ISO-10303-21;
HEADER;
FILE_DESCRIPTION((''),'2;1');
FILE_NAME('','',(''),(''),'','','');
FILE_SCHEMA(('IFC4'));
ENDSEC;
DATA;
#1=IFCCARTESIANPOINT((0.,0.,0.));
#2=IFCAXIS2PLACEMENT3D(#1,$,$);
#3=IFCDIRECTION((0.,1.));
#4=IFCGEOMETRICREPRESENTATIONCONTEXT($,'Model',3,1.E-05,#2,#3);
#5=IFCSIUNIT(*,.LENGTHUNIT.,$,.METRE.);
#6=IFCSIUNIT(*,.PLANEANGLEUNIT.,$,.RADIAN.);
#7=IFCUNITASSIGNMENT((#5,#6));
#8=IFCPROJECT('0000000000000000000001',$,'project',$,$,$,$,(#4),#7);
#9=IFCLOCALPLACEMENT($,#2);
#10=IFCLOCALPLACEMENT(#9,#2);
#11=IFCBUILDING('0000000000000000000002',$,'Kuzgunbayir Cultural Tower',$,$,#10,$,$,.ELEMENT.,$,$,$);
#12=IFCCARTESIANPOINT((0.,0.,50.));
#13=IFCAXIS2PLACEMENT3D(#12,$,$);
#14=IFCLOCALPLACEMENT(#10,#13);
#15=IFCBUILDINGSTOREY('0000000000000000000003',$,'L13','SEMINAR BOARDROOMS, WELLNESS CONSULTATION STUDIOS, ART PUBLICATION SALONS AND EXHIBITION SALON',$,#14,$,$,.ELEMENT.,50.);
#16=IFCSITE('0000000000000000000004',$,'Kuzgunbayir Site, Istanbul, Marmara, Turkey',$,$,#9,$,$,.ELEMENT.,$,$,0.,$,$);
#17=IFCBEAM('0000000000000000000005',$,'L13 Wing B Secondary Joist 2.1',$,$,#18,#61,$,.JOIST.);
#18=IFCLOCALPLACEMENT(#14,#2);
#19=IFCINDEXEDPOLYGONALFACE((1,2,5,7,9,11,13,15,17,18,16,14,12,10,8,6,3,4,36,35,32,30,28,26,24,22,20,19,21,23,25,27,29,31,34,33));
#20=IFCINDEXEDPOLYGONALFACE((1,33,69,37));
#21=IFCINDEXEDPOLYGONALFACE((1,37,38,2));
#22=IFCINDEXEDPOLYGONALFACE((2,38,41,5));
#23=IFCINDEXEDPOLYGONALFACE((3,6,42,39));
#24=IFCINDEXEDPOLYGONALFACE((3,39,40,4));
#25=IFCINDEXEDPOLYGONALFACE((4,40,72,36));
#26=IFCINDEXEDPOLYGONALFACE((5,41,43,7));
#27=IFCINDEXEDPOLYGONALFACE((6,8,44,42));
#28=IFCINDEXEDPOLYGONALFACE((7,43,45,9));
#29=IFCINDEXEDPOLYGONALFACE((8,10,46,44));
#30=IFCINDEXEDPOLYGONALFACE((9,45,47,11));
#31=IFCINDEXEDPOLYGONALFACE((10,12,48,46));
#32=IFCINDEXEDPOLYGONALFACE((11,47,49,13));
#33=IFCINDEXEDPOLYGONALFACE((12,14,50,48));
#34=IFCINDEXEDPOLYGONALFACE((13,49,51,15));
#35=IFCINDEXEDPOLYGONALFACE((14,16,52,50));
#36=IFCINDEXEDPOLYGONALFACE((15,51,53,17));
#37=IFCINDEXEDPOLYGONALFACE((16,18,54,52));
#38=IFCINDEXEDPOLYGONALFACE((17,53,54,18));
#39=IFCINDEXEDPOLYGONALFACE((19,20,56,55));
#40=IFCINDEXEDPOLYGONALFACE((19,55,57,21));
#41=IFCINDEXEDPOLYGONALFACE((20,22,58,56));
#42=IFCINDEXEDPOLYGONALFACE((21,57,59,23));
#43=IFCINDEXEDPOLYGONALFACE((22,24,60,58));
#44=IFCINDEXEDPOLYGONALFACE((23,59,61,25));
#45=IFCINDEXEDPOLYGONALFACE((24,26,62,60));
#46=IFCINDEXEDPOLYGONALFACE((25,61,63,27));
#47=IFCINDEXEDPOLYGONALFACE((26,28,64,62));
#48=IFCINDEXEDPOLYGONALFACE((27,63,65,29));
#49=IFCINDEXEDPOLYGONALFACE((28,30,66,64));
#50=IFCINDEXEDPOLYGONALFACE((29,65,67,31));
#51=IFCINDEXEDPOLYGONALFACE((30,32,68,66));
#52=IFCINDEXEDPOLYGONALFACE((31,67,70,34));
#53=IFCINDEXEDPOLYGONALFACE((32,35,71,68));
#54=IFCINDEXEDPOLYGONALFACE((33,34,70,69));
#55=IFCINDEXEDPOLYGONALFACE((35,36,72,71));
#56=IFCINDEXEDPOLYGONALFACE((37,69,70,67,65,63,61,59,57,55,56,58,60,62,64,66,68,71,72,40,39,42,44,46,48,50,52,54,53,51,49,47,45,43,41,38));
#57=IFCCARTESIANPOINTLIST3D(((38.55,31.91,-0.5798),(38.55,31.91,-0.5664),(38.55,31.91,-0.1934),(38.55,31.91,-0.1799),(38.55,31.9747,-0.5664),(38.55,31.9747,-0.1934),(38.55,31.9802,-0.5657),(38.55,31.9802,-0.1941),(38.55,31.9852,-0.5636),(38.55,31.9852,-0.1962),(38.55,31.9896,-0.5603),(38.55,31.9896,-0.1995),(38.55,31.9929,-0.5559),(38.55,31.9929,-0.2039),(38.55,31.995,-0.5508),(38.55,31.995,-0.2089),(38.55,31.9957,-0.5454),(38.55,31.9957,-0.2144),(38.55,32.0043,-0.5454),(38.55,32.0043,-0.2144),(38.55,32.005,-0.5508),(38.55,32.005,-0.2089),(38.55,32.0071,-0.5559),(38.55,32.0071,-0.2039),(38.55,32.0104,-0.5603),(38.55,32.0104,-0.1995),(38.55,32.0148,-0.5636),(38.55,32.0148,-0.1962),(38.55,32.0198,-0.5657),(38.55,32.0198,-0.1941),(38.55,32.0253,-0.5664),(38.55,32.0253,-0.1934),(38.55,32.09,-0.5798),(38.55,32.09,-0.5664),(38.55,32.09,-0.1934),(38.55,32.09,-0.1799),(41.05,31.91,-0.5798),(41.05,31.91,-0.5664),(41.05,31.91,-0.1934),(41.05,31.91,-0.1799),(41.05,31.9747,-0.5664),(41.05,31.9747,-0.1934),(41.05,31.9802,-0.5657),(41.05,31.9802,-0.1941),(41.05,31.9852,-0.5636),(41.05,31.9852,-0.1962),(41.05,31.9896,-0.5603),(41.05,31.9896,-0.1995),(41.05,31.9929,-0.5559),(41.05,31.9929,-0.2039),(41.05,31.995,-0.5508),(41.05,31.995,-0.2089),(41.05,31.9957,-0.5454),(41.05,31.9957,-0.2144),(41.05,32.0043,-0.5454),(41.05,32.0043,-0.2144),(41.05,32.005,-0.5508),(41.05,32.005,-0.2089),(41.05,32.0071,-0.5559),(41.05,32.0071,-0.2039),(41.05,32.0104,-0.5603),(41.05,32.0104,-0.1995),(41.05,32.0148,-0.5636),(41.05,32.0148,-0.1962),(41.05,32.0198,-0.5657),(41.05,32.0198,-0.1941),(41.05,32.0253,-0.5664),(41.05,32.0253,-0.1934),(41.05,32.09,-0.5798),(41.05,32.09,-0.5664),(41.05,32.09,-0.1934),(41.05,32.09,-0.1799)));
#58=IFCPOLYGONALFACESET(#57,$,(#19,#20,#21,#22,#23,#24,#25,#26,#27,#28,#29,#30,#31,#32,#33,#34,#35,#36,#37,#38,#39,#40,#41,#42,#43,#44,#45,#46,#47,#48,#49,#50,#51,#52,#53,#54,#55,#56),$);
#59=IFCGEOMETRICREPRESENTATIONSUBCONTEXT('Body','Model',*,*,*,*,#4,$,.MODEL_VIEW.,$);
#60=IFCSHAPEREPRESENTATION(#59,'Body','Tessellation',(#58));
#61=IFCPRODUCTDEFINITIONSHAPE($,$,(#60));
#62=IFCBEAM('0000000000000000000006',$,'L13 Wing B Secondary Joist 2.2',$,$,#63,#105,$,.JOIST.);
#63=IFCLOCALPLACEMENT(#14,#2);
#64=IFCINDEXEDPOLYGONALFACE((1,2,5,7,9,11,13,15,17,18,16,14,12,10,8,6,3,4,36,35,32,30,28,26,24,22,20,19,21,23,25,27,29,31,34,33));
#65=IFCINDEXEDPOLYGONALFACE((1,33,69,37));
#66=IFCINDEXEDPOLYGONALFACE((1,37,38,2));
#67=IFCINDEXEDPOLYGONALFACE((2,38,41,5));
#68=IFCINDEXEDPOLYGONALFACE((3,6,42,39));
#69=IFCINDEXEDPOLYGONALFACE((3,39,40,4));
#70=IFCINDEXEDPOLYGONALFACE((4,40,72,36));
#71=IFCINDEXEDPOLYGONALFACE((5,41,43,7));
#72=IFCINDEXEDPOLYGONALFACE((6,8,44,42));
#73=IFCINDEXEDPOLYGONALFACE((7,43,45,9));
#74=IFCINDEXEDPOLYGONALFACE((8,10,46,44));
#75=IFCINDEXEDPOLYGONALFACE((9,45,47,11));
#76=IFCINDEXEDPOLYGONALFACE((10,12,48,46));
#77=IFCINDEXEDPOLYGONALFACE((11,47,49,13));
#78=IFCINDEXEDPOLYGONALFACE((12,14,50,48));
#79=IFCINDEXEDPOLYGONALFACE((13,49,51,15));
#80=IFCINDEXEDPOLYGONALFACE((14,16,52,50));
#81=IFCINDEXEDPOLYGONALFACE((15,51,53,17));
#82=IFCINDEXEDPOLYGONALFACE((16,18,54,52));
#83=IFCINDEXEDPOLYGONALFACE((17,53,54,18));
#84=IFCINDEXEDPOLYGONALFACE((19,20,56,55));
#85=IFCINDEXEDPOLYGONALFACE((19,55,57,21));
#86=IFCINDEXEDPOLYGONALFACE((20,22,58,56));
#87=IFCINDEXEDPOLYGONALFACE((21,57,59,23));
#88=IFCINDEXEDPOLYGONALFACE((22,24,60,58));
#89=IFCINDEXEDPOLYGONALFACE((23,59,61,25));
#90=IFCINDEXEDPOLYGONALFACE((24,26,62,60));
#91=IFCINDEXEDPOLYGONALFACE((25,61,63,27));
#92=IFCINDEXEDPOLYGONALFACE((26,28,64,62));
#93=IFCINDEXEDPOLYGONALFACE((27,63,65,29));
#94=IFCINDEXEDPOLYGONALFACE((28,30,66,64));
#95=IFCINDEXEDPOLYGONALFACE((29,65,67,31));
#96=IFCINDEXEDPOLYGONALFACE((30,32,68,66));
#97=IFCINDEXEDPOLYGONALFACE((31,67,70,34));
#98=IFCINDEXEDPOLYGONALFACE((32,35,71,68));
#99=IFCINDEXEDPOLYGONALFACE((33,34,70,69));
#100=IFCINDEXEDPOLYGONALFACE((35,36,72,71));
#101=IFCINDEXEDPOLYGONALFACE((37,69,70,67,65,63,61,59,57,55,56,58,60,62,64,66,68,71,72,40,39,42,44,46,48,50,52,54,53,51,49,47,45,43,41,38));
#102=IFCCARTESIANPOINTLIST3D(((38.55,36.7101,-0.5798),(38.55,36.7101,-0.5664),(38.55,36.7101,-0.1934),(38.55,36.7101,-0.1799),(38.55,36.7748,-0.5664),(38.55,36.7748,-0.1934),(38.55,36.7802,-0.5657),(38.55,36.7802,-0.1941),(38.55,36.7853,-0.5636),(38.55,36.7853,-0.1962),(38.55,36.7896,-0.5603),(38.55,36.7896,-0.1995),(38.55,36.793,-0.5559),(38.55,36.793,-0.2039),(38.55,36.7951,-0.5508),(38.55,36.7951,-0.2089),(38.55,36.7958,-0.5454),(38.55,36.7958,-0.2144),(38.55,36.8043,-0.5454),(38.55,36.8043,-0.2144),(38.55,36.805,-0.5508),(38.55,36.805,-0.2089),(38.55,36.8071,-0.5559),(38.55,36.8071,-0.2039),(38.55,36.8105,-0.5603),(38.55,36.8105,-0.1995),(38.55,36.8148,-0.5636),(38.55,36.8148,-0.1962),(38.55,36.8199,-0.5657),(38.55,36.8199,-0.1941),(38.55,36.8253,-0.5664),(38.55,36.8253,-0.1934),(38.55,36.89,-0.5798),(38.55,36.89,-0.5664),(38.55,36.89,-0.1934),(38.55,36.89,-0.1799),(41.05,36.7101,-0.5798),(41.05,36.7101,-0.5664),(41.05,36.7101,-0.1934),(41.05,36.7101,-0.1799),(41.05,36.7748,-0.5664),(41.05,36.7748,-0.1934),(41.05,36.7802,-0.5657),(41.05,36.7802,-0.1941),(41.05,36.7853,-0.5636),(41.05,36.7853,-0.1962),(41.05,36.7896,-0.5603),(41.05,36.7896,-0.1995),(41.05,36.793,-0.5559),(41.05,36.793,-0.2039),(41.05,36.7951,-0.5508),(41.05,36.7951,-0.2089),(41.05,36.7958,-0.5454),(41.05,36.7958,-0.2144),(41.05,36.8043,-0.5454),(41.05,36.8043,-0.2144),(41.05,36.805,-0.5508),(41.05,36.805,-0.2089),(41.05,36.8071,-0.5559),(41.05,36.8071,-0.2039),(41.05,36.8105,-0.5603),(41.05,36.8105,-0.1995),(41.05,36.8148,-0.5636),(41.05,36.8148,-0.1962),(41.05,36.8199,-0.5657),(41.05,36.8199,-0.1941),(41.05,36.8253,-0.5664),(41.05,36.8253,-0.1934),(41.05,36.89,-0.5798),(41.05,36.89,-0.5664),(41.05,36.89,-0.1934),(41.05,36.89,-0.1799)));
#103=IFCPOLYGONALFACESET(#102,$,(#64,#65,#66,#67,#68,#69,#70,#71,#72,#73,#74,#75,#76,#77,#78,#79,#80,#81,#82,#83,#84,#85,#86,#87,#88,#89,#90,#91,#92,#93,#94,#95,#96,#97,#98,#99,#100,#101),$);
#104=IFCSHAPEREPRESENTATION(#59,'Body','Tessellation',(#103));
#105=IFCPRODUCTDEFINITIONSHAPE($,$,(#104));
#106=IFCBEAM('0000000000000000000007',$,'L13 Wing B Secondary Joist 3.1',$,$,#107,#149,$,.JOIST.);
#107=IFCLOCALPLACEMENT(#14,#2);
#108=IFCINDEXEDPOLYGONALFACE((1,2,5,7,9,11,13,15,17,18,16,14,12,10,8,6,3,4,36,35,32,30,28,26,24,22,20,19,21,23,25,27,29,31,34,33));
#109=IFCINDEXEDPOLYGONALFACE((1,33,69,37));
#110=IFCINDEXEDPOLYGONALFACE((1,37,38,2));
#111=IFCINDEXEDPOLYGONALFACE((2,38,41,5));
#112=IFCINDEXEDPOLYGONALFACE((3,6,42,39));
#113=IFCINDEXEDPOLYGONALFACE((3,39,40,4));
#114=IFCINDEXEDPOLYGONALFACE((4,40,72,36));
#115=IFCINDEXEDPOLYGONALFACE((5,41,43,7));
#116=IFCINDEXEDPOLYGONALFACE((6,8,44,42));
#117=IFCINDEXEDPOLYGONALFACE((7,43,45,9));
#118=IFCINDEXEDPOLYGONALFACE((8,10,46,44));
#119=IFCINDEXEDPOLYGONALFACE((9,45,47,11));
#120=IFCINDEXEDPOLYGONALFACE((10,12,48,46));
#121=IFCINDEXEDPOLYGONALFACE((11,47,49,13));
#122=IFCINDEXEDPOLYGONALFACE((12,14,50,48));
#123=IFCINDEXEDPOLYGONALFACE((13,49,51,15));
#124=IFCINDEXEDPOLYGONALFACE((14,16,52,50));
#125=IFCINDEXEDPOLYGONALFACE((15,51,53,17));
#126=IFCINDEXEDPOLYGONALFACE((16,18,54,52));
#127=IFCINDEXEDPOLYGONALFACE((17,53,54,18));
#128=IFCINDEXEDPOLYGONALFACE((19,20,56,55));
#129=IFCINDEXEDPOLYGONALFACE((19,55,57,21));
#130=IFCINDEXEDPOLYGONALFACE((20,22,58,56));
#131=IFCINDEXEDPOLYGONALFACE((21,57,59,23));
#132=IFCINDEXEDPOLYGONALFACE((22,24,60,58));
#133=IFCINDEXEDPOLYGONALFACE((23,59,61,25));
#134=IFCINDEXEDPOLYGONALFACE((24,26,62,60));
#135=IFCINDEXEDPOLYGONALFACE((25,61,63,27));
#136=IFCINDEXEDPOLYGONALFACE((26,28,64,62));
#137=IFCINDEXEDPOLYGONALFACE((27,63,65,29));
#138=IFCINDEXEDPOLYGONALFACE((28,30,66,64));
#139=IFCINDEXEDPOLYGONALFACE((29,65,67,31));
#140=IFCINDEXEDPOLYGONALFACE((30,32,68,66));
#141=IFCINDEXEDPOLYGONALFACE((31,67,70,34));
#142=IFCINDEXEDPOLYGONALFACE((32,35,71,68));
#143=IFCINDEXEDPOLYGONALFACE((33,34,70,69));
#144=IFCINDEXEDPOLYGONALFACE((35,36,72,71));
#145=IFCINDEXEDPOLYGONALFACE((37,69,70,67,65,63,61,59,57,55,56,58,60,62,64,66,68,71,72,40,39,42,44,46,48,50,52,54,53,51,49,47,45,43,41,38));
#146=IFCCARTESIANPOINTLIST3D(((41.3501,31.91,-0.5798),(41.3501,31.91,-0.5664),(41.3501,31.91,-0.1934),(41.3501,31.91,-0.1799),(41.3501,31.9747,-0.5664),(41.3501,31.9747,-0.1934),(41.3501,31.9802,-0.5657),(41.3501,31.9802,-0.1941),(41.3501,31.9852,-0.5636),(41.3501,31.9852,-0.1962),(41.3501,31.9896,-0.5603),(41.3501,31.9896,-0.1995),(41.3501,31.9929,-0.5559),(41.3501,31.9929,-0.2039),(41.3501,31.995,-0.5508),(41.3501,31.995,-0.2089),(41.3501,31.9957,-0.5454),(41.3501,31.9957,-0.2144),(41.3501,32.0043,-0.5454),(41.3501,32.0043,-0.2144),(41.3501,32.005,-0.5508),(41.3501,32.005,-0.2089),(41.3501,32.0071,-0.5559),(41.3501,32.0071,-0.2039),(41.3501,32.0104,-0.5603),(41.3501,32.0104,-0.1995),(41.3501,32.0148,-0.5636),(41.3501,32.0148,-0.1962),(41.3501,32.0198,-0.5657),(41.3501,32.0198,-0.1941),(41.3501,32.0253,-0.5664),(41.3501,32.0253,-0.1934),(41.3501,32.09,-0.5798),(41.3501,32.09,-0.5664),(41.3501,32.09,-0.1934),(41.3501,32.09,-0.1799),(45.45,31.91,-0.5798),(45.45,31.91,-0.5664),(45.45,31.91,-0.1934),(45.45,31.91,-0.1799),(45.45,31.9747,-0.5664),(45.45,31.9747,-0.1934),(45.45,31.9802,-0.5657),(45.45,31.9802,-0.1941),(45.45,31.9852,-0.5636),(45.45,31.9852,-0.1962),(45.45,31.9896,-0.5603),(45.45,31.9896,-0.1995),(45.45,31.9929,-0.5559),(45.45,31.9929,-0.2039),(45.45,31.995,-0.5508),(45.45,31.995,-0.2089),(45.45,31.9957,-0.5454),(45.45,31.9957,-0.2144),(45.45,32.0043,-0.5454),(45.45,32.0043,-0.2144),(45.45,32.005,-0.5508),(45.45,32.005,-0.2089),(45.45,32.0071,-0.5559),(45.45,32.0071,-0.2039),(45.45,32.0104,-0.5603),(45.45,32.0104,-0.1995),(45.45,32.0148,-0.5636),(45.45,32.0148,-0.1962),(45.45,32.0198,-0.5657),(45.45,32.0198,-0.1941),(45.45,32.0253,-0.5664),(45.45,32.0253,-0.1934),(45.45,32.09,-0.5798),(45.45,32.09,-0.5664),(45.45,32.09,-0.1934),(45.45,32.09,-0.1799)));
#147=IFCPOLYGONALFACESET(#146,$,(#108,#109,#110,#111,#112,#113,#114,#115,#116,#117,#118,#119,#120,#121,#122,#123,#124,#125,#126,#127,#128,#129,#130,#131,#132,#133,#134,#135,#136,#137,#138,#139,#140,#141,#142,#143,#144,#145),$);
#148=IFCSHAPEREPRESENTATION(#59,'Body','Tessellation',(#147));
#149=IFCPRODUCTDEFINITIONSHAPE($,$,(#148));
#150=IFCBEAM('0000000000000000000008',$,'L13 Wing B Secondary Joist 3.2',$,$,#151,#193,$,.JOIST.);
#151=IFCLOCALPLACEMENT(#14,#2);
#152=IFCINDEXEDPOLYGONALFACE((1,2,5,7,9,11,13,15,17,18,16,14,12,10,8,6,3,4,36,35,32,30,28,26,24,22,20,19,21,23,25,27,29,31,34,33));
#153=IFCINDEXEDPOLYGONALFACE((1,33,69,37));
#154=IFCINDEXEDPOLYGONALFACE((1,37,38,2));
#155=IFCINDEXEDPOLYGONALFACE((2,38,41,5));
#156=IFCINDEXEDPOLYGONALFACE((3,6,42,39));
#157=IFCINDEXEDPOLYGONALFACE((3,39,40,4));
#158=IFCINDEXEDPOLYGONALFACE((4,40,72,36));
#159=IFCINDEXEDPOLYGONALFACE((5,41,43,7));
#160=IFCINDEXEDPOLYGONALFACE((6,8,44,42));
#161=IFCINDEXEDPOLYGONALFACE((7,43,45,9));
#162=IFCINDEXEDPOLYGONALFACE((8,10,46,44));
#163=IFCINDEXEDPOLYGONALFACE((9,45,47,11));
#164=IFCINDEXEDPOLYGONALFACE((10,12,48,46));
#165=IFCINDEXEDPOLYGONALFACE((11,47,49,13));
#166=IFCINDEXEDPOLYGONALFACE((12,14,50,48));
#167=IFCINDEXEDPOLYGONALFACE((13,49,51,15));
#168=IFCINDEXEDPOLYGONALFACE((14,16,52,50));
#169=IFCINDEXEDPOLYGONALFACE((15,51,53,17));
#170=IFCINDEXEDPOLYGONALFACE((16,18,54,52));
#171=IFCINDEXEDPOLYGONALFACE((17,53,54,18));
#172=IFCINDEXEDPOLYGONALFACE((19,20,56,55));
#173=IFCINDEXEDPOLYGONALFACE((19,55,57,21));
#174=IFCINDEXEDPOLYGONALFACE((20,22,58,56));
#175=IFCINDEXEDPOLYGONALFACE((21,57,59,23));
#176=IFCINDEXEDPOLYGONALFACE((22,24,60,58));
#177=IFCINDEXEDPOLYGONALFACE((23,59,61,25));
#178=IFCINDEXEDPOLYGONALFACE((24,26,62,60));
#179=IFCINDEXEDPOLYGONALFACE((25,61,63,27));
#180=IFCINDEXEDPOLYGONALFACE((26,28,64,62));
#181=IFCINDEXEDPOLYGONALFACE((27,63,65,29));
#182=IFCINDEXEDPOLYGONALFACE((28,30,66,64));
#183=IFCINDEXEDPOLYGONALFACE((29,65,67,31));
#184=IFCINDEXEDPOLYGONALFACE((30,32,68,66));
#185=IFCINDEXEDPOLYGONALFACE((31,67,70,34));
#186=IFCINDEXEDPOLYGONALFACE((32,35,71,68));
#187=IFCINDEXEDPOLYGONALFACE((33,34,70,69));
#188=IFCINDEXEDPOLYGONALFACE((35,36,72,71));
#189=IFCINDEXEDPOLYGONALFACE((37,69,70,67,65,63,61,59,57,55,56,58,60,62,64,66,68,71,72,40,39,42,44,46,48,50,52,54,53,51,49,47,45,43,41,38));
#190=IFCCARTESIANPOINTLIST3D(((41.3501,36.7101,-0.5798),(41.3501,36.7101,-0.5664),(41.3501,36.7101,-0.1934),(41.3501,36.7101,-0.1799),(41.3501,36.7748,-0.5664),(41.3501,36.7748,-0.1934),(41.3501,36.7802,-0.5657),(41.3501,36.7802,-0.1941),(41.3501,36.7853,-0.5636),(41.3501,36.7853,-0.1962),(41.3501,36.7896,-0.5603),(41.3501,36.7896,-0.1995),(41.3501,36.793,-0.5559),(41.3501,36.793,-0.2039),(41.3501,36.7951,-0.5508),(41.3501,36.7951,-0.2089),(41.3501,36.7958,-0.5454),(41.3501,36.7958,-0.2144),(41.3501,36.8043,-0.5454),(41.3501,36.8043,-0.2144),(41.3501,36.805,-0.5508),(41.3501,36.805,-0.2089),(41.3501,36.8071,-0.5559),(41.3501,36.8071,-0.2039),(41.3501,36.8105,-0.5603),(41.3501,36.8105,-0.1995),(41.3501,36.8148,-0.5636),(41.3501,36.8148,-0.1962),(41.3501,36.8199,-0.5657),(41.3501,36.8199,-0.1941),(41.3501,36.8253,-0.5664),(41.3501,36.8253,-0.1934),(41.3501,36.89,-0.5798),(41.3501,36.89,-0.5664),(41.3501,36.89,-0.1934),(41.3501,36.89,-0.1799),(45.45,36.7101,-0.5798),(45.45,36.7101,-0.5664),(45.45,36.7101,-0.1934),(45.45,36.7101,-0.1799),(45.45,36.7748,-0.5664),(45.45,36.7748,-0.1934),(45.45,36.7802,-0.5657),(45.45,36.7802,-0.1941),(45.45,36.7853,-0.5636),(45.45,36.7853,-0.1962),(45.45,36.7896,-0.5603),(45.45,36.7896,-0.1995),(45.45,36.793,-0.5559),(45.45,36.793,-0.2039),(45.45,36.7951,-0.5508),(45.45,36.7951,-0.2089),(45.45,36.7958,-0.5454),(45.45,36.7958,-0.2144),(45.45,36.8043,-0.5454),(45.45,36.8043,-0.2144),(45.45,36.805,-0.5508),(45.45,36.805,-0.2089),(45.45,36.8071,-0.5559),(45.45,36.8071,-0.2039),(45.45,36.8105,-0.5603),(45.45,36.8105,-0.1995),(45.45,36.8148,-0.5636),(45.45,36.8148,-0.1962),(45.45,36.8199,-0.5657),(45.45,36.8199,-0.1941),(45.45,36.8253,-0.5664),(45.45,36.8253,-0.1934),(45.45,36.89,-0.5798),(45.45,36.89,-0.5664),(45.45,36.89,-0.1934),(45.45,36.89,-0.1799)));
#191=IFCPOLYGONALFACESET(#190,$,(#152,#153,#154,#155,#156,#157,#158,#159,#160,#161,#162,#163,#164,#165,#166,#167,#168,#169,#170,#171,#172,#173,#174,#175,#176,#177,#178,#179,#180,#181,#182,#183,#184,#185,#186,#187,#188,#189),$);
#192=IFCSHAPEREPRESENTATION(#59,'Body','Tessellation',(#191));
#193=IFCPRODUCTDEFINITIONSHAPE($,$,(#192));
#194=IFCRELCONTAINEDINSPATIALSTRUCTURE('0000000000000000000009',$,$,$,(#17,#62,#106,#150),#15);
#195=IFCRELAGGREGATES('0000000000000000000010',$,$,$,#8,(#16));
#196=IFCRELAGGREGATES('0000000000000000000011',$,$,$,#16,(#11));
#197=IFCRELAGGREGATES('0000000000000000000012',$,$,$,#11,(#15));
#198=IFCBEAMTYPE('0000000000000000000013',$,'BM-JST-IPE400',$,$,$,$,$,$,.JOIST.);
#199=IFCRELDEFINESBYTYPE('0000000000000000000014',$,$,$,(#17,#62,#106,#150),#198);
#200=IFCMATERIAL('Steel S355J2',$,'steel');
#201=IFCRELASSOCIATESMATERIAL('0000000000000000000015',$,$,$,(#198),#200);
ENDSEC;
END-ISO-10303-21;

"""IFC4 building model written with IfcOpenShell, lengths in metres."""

from ifc_helpers import new_model, si_unit, direction, frame, origin, origin_2d, place, context, subcontext, project, spatial, i_section, extrude, material, material_profile, profile_set, type_object, element, save


model = new_model("IFC4")

# Units and contexts
model_context = context("Model", 3, precision=1e-05, world=origin(), true_north=direction((0.0, 1.0)))
body_context = subcontext(model_context, "Body", "Model", "MODEL_VIEW")
ifc_project = project(units=[si_unit("LENGTHUNIT", "METRE"), si_unit("PLANEANGLEUNIT", "RADIAN")], contexts=[model_context])

# Site, building, storey
site_placement = place(None, origin())
site = spatial("IfcSite", under=ifc_project, at=site_placement, Name="Kuzgunbayir Site, Istanbul, Marmara, Turkey", CompositionType="ELEMENT", RefElevation=0.0)
building_placement = place(site_placement, origin())
building = spatial("IfcBuilding", under=site, at=building_placement, Name="Kuzgunbayir Cultural Tower", CompositionType="ELEMENT")
storey_placement = place(building_placement, frame((0.0, 0.0, 50.0)))
storey = spatial("IfcBuildingStorey", under=building, at=storey_placement, Name="L13", Description="SEMINAR BOARDROOMS, WELLNESS CONSULTATION STUDIOS, ART PUBLICATION SALONS AND EXHIBITION SALON", CompositionType="ELEMENT", Elevation=50.0)

# Beams
ifc_material_1 = material(Name="Steel S355J2", Category="steel")
ifc_material_profile_1 = material_profile(ifc_material_1, i_section(OverallWidth=0.1799, OverallDepth=0.3999, WebThickness=0.0085, FlangeThickness=0.0134, FilletRadius=0.021, at=origin_2d()), Name="IPE 400")
ifc_profile_set_1 = profile_set([ifc_material_profile_1], Name="Steel S355J2")
beam_type_1 = type_object("IfcBeamType", Name="BM-JST-IPE400", PredefinedType="JOIST", material=ifc_profile_set_1)
for number, where, z_axis, x_axis, name in (
    (1, (38.55, 32.0, -0.3799), (1.0, 0.0, 0.0), (0.0, 1.0, 0.0), "L13 Wing B Secondary Joist 2.1"),
    (2, (38.55, 36.8, -0.3799), (1.0, 0.0, 0.0), (0.0, 1.0, 0.0), "L13 Wing B Secondary Joist 2.2"),
):
    element("IfcBeam", number, at=place(storey_placement, frame(where, z_axis=z_axis, x_axis=x_axis)), inside=storey, type_object=beam_type_1, Name=name, PredefinedType="JOIST", context=body_context, shape_type="SweptSolid", body=[
        extrude(i_section(OverallWidth=0.1799, OverallDepth=0.3999, WebThickness=0.0085, FlangeThickness=0.0134, FilletRadius=0.021, at=origin_2d()), origin(), (0.0, 0.0, 1.0), 2.5),
    ])
for number, where, z_axis, x_axis, name in (
    (3, (41.3501, 32.0, -0.3799), (1.0, 0.0, 0.0), (0.0, 1.0, 0.0), "L13 Wing B Secondary Joist 3.1"),
    (4, (41.3501, 36.8, -0.3799), (1.0, 0.0, 0.0), (0.0, 1.0, 0.0), "L13 Wing B Secondary Joist 3.2"),
):
    element("IfcBeam", number, at=place(storey_placement, frame(where, z_axis=z_axis, x_axis=x_axis)), inside=storey, type_object=beam_type_1, Name=name, PredefinedType="JOIST", context=body_context, shape_type="SweptSolid", body=[
        extrude(i_section(OverallWidth=0.1799, OverallDepth=0.3999, WebThickness=0.0085, FlangeThickness=0.0134, FilletRadius=0.021, at=origin_2d()), origin(), (0.0, 0.0, 1.0), 4.0999),
    ])

save(model, "model.ifc")
